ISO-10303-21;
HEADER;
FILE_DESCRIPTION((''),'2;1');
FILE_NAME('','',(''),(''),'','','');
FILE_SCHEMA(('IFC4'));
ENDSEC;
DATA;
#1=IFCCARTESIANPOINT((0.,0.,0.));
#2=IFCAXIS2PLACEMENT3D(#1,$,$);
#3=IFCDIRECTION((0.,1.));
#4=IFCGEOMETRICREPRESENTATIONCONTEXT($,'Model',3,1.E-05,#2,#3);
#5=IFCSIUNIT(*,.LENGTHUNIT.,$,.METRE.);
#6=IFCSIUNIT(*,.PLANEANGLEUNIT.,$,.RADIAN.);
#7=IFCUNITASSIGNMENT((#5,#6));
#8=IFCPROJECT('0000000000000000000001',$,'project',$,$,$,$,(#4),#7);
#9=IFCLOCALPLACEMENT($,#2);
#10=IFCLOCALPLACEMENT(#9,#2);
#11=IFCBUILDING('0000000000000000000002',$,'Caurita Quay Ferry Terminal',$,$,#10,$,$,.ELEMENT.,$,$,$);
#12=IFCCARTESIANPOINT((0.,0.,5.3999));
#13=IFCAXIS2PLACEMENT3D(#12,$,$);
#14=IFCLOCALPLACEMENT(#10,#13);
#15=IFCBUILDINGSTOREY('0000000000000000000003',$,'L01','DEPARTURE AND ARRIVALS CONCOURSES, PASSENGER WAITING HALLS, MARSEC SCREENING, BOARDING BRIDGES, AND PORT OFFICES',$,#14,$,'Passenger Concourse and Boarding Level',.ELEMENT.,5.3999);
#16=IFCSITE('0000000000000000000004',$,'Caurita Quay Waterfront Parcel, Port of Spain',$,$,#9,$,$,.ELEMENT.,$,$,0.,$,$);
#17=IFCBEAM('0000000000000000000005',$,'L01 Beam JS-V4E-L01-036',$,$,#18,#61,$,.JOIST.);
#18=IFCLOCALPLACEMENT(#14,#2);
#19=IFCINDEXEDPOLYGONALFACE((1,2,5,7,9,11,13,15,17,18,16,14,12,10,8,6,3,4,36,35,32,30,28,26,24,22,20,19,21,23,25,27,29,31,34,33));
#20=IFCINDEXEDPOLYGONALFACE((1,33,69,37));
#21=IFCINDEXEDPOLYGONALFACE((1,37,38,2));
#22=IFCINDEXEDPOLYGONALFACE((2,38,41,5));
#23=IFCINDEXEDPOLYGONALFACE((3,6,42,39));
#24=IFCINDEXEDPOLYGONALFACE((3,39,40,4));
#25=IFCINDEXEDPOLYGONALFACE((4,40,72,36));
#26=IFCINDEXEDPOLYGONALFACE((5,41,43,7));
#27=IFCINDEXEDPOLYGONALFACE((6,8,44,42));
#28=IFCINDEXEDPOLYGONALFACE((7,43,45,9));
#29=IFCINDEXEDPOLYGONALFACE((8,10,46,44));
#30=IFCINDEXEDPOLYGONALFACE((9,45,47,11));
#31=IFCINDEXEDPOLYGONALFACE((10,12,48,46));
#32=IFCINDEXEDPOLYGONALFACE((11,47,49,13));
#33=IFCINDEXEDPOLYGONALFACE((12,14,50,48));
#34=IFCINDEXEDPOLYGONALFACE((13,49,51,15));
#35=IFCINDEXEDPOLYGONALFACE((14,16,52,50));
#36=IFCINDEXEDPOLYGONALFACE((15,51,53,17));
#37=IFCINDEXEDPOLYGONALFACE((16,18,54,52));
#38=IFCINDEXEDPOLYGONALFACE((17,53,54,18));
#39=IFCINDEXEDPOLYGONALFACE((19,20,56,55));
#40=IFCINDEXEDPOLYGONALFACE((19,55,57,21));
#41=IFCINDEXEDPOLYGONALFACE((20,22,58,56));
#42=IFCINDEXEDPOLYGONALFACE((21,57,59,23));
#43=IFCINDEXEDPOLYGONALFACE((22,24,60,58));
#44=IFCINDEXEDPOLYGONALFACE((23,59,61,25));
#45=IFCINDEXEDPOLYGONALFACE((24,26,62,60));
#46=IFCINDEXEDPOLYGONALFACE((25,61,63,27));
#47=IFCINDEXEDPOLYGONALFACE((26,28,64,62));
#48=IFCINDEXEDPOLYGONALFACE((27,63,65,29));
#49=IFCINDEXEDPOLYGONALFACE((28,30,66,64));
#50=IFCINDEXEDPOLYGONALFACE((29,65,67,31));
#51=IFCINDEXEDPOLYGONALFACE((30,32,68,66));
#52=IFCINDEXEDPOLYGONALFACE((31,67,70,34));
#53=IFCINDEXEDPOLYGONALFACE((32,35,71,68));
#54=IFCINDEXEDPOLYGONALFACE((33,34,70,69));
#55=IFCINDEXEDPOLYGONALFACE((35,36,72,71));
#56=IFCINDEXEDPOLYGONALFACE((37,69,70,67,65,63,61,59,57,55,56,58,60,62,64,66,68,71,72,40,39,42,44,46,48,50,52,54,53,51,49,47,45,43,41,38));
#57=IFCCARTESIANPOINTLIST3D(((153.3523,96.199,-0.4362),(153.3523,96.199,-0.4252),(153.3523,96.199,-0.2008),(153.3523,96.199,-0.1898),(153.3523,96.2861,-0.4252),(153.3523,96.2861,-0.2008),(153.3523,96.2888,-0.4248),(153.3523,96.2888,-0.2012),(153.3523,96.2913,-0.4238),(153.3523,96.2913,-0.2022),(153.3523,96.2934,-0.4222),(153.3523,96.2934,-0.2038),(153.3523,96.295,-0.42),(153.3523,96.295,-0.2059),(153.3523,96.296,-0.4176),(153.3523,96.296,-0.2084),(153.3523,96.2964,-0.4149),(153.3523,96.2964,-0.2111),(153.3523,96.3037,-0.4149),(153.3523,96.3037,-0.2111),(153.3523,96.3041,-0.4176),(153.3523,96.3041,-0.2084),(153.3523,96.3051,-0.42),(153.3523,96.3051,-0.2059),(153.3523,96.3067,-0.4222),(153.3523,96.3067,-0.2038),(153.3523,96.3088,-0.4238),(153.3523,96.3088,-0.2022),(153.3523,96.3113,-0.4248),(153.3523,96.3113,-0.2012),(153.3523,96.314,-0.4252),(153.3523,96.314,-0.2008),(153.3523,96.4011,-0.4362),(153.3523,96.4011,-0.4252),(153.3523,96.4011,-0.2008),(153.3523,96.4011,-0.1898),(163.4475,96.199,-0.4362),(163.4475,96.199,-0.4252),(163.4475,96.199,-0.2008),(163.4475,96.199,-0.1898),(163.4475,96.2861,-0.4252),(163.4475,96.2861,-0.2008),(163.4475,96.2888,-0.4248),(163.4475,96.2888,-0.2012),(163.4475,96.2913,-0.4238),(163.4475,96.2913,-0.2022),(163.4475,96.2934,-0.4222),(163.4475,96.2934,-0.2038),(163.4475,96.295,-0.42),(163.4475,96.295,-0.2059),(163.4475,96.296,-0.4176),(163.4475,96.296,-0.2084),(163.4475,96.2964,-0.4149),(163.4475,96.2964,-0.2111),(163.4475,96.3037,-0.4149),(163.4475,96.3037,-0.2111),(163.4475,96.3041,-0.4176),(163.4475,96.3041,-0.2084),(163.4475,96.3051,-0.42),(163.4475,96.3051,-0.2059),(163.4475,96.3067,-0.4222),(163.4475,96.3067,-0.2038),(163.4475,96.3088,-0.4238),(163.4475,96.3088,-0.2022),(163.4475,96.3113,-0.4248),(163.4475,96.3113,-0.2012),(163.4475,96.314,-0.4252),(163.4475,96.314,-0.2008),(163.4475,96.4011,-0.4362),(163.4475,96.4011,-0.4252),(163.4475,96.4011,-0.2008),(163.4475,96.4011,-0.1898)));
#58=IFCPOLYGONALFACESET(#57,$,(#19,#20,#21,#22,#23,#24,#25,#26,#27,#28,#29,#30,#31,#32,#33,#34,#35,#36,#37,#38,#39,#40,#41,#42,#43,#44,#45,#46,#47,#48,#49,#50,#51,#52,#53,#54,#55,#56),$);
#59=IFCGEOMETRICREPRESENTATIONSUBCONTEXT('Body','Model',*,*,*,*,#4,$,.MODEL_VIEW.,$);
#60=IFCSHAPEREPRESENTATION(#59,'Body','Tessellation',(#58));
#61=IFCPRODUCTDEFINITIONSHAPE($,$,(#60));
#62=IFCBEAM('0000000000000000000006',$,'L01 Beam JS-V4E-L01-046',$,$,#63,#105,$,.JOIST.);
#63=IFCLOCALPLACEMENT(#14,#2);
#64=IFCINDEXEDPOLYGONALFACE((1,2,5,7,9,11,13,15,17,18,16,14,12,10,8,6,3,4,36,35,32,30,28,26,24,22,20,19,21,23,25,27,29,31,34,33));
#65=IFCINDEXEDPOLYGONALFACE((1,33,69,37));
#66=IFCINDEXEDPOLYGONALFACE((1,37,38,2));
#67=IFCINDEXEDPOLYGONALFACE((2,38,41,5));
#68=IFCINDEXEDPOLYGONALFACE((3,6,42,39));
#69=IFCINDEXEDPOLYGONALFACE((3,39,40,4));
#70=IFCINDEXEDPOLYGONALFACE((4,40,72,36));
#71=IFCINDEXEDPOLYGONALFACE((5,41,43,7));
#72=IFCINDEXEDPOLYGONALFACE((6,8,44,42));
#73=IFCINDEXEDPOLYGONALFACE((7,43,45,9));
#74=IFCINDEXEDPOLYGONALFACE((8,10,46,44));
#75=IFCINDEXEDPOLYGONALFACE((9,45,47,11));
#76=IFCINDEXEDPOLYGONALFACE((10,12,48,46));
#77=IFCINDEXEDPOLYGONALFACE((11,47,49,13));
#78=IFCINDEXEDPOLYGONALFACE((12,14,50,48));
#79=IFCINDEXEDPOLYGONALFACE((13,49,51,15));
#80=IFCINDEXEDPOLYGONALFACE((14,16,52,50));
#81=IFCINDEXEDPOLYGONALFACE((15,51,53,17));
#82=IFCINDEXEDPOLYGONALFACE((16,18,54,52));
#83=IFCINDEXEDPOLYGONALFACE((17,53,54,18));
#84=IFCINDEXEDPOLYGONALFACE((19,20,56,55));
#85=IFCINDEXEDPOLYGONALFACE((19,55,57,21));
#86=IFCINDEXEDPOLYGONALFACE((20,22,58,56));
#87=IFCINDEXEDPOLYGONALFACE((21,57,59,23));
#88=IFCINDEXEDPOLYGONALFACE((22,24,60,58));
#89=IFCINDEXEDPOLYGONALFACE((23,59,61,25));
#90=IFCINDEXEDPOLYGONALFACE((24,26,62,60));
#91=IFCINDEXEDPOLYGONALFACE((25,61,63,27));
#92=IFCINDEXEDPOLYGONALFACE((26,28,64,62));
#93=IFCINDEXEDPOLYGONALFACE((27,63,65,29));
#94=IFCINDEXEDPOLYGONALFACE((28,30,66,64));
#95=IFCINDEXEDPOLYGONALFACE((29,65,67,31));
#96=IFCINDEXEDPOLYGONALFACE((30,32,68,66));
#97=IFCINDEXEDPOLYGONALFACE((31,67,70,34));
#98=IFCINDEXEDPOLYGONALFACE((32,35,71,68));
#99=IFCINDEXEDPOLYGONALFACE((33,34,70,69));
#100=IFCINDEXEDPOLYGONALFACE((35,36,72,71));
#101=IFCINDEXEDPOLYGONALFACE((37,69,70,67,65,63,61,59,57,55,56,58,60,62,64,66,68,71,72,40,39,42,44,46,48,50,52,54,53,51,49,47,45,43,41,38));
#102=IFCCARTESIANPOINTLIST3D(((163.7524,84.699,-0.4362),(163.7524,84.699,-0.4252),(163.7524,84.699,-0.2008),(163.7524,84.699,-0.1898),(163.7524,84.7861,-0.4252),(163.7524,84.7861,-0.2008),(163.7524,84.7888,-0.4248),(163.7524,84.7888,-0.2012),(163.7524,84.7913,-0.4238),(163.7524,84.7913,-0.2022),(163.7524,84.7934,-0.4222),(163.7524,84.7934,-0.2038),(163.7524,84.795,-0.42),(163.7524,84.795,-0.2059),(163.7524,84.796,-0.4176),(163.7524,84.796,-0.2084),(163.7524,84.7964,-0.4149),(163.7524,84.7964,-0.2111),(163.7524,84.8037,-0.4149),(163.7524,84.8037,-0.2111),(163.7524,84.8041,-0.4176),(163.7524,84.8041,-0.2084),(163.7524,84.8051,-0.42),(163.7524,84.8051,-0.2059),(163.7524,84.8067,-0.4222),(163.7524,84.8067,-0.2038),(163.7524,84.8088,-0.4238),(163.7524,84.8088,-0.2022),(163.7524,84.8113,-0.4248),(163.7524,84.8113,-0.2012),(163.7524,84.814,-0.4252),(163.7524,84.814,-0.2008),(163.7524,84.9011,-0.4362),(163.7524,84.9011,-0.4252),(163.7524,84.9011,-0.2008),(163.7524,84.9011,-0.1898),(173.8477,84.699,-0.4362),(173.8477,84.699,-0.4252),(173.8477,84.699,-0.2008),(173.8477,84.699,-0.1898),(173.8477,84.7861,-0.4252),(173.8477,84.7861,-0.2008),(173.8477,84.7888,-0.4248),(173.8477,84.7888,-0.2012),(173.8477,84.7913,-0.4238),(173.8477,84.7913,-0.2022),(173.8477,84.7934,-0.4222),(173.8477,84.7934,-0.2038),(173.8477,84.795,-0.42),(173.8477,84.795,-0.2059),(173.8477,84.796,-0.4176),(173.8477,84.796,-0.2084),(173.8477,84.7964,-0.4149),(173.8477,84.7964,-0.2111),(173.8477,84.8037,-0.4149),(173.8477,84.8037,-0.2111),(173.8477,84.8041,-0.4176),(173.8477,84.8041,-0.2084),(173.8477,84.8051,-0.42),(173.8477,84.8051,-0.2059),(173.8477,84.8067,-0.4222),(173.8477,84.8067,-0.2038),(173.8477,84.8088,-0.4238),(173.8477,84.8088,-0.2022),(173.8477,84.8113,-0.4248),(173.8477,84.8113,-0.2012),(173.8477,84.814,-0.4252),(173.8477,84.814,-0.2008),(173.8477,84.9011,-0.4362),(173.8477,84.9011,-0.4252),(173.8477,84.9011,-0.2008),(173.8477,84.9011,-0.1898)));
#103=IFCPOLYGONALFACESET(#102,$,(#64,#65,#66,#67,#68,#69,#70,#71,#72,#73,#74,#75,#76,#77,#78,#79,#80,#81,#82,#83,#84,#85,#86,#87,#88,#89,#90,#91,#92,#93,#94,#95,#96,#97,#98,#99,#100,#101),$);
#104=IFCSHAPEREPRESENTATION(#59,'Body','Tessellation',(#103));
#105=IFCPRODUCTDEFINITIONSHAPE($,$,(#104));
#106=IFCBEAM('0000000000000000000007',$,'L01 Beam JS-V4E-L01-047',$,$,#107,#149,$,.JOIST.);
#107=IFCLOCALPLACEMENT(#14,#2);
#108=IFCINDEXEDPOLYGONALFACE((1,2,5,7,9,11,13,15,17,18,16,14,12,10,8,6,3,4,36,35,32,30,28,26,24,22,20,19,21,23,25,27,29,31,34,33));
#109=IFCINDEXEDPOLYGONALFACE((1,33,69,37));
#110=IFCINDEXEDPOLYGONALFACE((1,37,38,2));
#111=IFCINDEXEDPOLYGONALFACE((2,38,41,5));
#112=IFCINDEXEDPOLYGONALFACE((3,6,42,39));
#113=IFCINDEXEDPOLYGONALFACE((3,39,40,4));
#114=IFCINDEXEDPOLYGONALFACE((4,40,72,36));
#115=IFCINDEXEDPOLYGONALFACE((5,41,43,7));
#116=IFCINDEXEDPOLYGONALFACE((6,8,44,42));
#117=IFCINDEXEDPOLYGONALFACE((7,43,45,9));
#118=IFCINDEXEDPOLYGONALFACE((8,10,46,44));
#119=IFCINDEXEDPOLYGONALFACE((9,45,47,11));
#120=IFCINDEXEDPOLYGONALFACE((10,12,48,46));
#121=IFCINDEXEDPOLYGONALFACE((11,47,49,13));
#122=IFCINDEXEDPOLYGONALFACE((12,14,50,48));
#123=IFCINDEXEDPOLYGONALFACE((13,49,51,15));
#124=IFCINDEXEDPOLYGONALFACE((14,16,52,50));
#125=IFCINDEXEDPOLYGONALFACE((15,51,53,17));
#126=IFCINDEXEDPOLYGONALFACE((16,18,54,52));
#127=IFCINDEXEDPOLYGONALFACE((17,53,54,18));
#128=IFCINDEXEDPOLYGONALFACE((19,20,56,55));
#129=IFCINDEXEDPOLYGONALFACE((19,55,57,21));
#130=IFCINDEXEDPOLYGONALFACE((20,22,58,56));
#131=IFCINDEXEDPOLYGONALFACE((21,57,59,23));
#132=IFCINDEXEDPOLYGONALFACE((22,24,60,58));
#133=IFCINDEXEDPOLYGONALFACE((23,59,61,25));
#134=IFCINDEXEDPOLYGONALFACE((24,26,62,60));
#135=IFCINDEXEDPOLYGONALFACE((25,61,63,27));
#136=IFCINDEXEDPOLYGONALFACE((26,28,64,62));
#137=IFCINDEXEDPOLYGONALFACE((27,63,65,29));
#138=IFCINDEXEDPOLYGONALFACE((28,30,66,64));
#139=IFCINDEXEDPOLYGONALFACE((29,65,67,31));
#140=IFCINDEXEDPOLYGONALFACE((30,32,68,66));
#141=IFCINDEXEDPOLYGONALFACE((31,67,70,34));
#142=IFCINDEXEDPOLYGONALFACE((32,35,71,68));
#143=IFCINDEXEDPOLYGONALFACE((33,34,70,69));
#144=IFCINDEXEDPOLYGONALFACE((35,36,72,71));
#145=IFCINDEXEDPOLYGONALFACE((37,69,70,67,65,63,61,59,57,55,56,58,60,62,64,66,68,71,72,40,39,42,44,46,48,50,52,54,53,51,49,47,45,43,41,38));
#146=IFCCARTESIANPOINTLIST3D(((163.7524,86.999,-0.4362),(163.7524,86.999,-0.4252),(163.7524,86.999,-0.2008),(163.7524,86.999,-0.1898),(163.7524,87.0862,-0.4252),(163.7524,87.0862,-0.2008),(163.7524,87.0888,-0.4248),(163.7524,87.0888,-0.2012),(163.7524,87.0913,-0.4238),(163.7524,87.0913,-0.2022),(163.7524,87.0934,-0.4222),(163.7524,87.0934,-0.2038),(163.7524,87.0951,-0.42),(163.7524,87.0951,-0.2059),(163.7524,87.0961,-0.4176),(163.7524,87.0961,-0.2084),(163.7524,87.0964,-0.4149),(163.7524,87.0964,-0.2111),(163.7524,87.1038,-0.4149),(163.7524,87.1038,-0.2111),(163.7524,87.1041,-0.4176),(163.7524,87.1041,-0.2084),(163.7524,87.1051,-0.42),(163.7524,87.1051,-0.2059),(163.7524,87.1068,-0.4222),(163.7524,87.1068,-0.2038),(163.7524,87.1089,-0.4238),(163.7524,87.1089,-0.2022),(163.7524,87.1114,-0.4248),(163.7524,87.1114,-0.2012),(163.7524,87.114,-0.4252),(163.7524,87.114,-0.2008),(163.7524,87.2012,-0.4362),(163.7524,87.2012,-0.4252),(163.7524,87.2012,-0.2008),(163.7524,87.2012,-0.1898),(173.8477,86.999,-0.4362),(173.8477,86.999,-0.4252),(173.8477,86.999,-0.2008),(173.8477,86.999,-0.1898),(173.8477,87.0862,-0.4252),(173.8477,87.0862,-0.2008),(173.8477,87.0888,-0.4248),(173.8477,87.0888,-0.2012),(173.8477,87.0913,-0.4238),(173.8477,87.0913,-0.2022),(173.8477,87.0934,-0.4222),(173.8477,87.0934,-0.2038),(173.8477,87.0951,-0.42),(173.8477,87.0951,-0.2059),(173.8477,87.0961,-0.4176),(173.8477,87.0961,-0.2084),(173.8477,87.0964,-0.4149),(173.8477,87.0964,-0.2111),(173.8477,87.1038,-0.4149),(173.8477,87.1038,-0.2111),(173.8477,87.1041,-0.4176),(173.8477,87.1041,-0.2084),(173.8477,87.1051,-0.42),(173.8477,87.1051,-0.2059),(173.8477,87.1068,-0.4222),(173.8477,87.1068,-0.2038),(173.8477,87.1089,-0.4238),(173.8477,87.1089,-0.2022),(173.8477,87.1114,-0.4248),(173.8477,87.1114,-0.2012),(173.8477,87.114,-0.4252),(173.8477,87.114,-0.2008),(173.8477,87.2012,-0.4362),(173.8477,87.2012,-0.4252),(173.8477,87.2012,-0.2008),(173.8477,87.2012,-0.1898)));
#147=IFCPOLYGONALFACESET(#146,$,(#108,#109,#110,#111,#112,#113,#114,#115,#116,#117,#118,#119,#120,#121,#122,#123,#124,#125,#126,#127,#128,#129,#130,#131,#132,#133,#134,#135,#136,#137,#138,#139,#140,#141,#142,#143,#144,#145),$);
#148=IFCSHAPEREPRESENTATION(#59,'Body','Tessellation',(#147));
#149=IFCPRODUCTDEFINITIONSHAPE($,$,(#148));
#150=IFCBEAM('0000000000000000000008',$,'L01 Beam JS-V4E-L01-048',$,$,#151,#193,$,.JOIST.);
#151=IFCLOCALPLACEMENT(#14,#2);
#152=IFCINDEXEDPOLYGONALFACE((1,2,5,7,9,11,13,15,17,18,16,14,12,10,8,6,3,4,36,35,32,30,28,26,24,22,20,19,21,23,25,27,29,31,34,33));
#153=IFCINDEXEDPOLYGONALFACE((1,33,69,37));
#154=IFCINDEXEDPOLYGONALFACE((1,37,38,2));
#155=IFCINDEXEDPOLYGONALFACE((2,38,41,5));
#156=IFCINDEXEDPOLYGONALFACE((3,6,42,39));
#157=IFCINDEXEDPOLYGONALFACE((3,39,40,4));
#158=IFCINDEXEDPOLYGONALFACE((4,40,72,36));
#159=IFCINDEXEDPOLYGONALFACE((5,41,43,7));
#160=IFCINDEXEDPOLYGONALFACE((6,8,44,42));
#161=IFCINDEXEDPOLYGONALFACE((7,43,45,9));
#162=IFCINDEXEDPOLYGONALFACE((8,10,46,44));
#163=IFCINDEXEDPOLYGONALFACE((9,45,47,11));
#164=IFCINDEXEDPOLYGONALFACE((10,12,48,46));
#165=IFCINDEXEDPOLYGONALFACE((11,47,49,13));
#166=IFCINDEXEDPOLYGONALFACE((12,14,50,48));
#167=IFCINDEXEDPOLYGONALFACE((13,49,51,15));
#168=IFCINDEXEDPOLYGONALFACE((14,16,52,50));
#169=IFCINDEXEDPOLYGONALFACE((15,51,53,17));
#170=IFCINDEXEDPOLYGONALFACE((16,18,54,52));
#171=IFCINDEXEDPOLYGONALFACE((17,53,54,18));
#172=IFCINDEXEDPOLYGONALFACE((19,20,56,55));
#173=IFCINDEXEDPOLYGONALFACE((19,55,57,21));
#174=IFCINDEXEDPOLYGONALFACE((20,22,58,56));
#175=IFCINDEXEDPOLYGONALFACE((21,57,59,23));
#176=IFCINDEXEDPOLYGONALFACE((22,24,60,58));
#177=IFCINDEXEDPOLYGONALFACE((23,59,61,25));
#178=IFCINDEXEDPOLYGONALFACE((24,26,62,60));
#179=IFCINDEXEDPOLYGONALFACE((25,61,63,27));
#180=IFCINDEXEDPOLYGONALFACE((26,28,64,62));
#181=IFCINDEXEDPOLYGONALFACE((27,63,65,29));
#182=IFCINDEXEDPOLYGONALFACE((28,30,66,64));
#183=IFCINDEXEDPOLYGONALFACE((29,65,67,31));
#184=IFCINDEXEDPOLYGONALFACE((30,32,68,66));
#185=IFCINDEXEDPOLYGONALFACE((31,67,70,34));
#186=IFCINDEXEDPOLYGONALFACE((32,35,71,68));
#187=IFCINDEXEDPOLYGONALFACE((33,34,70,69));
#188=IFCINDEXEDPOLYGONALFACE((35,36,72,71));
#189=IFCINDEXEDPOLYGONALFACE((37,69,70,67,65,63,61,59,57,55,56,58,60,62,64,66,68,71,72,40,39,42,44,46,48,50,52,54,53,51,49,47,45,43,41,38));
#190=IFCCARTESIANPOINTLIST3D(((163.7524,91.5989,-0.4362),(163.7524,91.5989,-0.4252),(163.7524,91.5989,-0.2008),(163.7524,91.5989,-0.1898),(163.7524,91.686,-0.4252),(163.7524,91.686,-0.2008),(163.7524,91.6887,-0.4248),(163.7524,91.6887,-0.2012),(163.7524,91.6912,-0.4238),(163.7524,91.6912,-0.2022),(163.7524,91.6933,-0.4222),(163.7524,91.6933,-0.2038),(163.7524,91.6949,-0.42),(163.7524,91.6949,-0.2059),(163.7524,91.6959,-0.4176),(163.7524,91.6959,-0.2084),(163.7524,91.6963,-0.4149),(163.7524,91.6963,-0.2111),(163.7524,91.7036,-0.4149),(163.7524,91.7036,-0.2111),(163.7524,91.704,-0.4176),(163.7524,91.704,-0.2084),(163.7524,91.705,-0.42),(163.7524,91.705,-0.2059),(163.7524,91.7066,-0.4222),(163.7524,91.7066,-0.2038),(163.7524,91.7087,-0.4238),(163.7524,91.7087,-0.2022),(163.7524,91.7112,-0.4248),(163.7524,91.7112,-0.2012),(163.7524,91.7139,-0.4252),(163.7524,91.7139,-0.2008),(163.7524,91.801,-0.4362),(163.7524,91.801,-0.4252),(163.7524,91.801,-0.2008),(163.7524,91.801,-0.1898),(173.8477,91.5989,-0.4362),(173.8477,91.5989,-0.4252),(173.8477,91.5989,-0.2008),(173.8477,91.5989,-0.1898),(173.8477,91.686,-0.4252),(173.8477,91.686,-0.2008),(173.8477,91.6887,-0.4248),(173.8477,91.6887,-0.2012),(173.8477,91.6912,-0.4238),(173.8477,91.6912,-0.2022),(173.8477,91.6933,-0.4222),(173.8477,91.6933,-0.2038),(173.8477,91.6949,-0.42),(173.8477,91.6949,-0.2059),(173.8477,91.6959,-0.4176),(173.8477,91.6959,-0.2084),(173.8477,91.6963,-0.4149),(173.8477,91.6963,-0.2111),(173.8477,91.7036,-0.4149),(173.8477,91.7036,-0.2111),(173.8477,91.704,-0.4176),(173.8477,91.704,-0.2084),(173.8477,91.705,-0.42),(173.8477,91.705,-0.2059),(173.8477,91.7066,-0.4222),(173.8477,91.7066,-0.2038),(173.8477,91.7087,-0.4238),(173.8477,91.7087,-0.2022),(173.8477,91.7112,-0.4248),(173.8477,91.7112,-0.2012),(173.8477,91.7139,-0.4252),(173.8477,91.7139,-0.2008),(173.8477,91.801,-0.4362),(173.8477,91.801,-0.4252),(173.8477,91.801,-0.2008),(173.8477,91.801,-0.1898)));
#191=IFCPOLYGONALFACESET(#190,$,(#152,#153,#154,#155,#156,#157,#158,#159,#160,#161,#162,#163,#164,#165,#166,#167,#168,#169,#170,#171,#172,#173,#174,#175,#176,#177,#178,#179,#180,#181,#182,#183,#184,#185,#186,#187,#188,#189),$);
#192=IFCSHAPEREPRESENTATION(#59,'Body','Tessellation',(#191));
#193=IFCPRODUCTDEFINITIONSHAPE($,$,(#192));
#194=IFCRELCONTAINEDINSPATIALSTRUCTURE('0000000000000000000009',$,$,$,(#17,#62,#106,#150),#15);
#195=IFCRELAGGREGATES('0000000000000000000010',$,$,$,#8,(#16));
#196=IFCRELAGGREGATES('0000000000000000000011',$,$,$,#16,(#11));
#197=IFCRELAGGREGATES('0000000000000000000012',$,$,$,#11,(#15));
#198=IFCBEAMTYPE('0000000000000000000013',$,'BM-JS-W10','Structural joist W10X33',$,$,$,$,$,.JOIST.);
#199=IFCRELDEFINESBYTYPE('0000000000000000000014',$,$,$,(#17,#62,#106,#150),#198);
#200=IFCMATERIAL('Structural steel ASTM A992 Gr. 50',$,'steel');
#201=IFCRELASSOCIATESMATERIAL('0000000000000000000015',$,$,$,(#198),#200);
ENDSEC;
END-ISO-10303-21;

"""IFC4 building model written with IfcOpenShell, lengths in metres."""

from ifc_helpers import new_model, si_unit, direction, frame, origin, origin_2d, place, context, subcontext, project, spatial, i_section, extrude, material, material_profile, profile_set, type_object, element, save


model = new_model("IFC4")

# Units and contexts
model_context = context("Model", 3, precision=1e-05, world=origin(), true_north=direction((0.0, 1.0)))
body_context = subcontext(model_context, "Body", "Model", "MODEL_VIEW")
ifc_project = project(units=[si_unit("LENGTHUNIT", "METRE"), si_unit("PLANEANGLEUNIT", "RADIAN")], contexts=[model_context])

# Site, building, storey
site_placement = place(None, origin())
site = spatial("IfcSite", under=ifc_project, at=site_placement, Name="Caurita Quay Waterfront Parcel, Port of Spain", CompositionType="ELEMENT", RefElevation=0.0)
building_placement = place(site_placement, origin())
building = spatial("IfcBuilding", under=site, at=building_placement, Name="Caurita Quay Ferry Terminal", CompositionType="ELEMENT")
storey_placement = place(building_placement, frame((0.0, 0.0, 5.3999)))
storey = spatial("IfcBuildingStorey", under=building, at=storey_placement, Name="L01", Description="DEPARTURE AND ARRIVALS CONCOURSES, PASSENGER WAITING HALLS, MARSEC SCREENING, BOARDING BRIDGES, AND PORT OFFICES", LongName="Passenger Concourse and Boarding Level", CompositionType="ELEMENT", Elevation=5.3999)

# Beams
ifc_material_1 = material(Name="Structural steel ASTM A992 Gr. 50", Category="steel")
ifc_material_profile_1 = material_profile(ifc_material_1, i_section(OverallWidth=0.2021, OverallDepth=0.2463, WebThickness=0.0073, FlangeThickness=0.011, FilletRadius=0.0103, at=origin_2d()), Name="W10X33")
ifc_profile_set_1 = profile_set([ifc_material_profile_1], Name="Structural steel ASTM A992 Gr. 50")
beam_type_1 = type_object("IfcBeamType", Name="BM-JS-W10", Description="Structural joist W10X33", PredefinedType="JOIST", material=ifc_profile_set_1)
for number, where, z_axis, x_axis, name in (
    (1, (153.3523, 96.3, -0.313), (1.0, 0.0, 0.0), (0.0, 1.0, 0.0), "L01 Beam JS-V4E-L01-036"),
    (2, (163.7524, 84.8, -0.313), (1.0, 0.0, 0.0), (0.0, 1.0, 0.0), "L01 Beam JS-V4E-L01-046"),
    (3, (163.7524, 87.1001, -0.313), (1.0, 0.0, 0.0), (0.0, 1.0, 0.0), "L01 Beam JS-V4E-L01-047"),
    (4, (163.7524, 91.7, -0.313), (1.0, 0.0, 0.0), (0.0, 1.0, 0.0), "L01 Beam JS-V4E-L01-048"),
):
    element("IfcBeam", number, at=place(storey_placement, frame(where, z_axis=z_axis, x_axis=x_axis)), inside=storey, type_object=beam_type_1, Name=name, PredefinedType="JOIST", context=body_context, shape_type="SweptSolid", body=[
        extrude(i_section(OverallWidth=0.2021, OverallDepth=0.2463, WebThickness=0.0073, FlangeThickness=0.011, FilletRadius=0.0103, at=origin_2d()), origin(), (0.0, 0.0, 1.0), 10.0952),
    ])

save(model, "model.ifc")
